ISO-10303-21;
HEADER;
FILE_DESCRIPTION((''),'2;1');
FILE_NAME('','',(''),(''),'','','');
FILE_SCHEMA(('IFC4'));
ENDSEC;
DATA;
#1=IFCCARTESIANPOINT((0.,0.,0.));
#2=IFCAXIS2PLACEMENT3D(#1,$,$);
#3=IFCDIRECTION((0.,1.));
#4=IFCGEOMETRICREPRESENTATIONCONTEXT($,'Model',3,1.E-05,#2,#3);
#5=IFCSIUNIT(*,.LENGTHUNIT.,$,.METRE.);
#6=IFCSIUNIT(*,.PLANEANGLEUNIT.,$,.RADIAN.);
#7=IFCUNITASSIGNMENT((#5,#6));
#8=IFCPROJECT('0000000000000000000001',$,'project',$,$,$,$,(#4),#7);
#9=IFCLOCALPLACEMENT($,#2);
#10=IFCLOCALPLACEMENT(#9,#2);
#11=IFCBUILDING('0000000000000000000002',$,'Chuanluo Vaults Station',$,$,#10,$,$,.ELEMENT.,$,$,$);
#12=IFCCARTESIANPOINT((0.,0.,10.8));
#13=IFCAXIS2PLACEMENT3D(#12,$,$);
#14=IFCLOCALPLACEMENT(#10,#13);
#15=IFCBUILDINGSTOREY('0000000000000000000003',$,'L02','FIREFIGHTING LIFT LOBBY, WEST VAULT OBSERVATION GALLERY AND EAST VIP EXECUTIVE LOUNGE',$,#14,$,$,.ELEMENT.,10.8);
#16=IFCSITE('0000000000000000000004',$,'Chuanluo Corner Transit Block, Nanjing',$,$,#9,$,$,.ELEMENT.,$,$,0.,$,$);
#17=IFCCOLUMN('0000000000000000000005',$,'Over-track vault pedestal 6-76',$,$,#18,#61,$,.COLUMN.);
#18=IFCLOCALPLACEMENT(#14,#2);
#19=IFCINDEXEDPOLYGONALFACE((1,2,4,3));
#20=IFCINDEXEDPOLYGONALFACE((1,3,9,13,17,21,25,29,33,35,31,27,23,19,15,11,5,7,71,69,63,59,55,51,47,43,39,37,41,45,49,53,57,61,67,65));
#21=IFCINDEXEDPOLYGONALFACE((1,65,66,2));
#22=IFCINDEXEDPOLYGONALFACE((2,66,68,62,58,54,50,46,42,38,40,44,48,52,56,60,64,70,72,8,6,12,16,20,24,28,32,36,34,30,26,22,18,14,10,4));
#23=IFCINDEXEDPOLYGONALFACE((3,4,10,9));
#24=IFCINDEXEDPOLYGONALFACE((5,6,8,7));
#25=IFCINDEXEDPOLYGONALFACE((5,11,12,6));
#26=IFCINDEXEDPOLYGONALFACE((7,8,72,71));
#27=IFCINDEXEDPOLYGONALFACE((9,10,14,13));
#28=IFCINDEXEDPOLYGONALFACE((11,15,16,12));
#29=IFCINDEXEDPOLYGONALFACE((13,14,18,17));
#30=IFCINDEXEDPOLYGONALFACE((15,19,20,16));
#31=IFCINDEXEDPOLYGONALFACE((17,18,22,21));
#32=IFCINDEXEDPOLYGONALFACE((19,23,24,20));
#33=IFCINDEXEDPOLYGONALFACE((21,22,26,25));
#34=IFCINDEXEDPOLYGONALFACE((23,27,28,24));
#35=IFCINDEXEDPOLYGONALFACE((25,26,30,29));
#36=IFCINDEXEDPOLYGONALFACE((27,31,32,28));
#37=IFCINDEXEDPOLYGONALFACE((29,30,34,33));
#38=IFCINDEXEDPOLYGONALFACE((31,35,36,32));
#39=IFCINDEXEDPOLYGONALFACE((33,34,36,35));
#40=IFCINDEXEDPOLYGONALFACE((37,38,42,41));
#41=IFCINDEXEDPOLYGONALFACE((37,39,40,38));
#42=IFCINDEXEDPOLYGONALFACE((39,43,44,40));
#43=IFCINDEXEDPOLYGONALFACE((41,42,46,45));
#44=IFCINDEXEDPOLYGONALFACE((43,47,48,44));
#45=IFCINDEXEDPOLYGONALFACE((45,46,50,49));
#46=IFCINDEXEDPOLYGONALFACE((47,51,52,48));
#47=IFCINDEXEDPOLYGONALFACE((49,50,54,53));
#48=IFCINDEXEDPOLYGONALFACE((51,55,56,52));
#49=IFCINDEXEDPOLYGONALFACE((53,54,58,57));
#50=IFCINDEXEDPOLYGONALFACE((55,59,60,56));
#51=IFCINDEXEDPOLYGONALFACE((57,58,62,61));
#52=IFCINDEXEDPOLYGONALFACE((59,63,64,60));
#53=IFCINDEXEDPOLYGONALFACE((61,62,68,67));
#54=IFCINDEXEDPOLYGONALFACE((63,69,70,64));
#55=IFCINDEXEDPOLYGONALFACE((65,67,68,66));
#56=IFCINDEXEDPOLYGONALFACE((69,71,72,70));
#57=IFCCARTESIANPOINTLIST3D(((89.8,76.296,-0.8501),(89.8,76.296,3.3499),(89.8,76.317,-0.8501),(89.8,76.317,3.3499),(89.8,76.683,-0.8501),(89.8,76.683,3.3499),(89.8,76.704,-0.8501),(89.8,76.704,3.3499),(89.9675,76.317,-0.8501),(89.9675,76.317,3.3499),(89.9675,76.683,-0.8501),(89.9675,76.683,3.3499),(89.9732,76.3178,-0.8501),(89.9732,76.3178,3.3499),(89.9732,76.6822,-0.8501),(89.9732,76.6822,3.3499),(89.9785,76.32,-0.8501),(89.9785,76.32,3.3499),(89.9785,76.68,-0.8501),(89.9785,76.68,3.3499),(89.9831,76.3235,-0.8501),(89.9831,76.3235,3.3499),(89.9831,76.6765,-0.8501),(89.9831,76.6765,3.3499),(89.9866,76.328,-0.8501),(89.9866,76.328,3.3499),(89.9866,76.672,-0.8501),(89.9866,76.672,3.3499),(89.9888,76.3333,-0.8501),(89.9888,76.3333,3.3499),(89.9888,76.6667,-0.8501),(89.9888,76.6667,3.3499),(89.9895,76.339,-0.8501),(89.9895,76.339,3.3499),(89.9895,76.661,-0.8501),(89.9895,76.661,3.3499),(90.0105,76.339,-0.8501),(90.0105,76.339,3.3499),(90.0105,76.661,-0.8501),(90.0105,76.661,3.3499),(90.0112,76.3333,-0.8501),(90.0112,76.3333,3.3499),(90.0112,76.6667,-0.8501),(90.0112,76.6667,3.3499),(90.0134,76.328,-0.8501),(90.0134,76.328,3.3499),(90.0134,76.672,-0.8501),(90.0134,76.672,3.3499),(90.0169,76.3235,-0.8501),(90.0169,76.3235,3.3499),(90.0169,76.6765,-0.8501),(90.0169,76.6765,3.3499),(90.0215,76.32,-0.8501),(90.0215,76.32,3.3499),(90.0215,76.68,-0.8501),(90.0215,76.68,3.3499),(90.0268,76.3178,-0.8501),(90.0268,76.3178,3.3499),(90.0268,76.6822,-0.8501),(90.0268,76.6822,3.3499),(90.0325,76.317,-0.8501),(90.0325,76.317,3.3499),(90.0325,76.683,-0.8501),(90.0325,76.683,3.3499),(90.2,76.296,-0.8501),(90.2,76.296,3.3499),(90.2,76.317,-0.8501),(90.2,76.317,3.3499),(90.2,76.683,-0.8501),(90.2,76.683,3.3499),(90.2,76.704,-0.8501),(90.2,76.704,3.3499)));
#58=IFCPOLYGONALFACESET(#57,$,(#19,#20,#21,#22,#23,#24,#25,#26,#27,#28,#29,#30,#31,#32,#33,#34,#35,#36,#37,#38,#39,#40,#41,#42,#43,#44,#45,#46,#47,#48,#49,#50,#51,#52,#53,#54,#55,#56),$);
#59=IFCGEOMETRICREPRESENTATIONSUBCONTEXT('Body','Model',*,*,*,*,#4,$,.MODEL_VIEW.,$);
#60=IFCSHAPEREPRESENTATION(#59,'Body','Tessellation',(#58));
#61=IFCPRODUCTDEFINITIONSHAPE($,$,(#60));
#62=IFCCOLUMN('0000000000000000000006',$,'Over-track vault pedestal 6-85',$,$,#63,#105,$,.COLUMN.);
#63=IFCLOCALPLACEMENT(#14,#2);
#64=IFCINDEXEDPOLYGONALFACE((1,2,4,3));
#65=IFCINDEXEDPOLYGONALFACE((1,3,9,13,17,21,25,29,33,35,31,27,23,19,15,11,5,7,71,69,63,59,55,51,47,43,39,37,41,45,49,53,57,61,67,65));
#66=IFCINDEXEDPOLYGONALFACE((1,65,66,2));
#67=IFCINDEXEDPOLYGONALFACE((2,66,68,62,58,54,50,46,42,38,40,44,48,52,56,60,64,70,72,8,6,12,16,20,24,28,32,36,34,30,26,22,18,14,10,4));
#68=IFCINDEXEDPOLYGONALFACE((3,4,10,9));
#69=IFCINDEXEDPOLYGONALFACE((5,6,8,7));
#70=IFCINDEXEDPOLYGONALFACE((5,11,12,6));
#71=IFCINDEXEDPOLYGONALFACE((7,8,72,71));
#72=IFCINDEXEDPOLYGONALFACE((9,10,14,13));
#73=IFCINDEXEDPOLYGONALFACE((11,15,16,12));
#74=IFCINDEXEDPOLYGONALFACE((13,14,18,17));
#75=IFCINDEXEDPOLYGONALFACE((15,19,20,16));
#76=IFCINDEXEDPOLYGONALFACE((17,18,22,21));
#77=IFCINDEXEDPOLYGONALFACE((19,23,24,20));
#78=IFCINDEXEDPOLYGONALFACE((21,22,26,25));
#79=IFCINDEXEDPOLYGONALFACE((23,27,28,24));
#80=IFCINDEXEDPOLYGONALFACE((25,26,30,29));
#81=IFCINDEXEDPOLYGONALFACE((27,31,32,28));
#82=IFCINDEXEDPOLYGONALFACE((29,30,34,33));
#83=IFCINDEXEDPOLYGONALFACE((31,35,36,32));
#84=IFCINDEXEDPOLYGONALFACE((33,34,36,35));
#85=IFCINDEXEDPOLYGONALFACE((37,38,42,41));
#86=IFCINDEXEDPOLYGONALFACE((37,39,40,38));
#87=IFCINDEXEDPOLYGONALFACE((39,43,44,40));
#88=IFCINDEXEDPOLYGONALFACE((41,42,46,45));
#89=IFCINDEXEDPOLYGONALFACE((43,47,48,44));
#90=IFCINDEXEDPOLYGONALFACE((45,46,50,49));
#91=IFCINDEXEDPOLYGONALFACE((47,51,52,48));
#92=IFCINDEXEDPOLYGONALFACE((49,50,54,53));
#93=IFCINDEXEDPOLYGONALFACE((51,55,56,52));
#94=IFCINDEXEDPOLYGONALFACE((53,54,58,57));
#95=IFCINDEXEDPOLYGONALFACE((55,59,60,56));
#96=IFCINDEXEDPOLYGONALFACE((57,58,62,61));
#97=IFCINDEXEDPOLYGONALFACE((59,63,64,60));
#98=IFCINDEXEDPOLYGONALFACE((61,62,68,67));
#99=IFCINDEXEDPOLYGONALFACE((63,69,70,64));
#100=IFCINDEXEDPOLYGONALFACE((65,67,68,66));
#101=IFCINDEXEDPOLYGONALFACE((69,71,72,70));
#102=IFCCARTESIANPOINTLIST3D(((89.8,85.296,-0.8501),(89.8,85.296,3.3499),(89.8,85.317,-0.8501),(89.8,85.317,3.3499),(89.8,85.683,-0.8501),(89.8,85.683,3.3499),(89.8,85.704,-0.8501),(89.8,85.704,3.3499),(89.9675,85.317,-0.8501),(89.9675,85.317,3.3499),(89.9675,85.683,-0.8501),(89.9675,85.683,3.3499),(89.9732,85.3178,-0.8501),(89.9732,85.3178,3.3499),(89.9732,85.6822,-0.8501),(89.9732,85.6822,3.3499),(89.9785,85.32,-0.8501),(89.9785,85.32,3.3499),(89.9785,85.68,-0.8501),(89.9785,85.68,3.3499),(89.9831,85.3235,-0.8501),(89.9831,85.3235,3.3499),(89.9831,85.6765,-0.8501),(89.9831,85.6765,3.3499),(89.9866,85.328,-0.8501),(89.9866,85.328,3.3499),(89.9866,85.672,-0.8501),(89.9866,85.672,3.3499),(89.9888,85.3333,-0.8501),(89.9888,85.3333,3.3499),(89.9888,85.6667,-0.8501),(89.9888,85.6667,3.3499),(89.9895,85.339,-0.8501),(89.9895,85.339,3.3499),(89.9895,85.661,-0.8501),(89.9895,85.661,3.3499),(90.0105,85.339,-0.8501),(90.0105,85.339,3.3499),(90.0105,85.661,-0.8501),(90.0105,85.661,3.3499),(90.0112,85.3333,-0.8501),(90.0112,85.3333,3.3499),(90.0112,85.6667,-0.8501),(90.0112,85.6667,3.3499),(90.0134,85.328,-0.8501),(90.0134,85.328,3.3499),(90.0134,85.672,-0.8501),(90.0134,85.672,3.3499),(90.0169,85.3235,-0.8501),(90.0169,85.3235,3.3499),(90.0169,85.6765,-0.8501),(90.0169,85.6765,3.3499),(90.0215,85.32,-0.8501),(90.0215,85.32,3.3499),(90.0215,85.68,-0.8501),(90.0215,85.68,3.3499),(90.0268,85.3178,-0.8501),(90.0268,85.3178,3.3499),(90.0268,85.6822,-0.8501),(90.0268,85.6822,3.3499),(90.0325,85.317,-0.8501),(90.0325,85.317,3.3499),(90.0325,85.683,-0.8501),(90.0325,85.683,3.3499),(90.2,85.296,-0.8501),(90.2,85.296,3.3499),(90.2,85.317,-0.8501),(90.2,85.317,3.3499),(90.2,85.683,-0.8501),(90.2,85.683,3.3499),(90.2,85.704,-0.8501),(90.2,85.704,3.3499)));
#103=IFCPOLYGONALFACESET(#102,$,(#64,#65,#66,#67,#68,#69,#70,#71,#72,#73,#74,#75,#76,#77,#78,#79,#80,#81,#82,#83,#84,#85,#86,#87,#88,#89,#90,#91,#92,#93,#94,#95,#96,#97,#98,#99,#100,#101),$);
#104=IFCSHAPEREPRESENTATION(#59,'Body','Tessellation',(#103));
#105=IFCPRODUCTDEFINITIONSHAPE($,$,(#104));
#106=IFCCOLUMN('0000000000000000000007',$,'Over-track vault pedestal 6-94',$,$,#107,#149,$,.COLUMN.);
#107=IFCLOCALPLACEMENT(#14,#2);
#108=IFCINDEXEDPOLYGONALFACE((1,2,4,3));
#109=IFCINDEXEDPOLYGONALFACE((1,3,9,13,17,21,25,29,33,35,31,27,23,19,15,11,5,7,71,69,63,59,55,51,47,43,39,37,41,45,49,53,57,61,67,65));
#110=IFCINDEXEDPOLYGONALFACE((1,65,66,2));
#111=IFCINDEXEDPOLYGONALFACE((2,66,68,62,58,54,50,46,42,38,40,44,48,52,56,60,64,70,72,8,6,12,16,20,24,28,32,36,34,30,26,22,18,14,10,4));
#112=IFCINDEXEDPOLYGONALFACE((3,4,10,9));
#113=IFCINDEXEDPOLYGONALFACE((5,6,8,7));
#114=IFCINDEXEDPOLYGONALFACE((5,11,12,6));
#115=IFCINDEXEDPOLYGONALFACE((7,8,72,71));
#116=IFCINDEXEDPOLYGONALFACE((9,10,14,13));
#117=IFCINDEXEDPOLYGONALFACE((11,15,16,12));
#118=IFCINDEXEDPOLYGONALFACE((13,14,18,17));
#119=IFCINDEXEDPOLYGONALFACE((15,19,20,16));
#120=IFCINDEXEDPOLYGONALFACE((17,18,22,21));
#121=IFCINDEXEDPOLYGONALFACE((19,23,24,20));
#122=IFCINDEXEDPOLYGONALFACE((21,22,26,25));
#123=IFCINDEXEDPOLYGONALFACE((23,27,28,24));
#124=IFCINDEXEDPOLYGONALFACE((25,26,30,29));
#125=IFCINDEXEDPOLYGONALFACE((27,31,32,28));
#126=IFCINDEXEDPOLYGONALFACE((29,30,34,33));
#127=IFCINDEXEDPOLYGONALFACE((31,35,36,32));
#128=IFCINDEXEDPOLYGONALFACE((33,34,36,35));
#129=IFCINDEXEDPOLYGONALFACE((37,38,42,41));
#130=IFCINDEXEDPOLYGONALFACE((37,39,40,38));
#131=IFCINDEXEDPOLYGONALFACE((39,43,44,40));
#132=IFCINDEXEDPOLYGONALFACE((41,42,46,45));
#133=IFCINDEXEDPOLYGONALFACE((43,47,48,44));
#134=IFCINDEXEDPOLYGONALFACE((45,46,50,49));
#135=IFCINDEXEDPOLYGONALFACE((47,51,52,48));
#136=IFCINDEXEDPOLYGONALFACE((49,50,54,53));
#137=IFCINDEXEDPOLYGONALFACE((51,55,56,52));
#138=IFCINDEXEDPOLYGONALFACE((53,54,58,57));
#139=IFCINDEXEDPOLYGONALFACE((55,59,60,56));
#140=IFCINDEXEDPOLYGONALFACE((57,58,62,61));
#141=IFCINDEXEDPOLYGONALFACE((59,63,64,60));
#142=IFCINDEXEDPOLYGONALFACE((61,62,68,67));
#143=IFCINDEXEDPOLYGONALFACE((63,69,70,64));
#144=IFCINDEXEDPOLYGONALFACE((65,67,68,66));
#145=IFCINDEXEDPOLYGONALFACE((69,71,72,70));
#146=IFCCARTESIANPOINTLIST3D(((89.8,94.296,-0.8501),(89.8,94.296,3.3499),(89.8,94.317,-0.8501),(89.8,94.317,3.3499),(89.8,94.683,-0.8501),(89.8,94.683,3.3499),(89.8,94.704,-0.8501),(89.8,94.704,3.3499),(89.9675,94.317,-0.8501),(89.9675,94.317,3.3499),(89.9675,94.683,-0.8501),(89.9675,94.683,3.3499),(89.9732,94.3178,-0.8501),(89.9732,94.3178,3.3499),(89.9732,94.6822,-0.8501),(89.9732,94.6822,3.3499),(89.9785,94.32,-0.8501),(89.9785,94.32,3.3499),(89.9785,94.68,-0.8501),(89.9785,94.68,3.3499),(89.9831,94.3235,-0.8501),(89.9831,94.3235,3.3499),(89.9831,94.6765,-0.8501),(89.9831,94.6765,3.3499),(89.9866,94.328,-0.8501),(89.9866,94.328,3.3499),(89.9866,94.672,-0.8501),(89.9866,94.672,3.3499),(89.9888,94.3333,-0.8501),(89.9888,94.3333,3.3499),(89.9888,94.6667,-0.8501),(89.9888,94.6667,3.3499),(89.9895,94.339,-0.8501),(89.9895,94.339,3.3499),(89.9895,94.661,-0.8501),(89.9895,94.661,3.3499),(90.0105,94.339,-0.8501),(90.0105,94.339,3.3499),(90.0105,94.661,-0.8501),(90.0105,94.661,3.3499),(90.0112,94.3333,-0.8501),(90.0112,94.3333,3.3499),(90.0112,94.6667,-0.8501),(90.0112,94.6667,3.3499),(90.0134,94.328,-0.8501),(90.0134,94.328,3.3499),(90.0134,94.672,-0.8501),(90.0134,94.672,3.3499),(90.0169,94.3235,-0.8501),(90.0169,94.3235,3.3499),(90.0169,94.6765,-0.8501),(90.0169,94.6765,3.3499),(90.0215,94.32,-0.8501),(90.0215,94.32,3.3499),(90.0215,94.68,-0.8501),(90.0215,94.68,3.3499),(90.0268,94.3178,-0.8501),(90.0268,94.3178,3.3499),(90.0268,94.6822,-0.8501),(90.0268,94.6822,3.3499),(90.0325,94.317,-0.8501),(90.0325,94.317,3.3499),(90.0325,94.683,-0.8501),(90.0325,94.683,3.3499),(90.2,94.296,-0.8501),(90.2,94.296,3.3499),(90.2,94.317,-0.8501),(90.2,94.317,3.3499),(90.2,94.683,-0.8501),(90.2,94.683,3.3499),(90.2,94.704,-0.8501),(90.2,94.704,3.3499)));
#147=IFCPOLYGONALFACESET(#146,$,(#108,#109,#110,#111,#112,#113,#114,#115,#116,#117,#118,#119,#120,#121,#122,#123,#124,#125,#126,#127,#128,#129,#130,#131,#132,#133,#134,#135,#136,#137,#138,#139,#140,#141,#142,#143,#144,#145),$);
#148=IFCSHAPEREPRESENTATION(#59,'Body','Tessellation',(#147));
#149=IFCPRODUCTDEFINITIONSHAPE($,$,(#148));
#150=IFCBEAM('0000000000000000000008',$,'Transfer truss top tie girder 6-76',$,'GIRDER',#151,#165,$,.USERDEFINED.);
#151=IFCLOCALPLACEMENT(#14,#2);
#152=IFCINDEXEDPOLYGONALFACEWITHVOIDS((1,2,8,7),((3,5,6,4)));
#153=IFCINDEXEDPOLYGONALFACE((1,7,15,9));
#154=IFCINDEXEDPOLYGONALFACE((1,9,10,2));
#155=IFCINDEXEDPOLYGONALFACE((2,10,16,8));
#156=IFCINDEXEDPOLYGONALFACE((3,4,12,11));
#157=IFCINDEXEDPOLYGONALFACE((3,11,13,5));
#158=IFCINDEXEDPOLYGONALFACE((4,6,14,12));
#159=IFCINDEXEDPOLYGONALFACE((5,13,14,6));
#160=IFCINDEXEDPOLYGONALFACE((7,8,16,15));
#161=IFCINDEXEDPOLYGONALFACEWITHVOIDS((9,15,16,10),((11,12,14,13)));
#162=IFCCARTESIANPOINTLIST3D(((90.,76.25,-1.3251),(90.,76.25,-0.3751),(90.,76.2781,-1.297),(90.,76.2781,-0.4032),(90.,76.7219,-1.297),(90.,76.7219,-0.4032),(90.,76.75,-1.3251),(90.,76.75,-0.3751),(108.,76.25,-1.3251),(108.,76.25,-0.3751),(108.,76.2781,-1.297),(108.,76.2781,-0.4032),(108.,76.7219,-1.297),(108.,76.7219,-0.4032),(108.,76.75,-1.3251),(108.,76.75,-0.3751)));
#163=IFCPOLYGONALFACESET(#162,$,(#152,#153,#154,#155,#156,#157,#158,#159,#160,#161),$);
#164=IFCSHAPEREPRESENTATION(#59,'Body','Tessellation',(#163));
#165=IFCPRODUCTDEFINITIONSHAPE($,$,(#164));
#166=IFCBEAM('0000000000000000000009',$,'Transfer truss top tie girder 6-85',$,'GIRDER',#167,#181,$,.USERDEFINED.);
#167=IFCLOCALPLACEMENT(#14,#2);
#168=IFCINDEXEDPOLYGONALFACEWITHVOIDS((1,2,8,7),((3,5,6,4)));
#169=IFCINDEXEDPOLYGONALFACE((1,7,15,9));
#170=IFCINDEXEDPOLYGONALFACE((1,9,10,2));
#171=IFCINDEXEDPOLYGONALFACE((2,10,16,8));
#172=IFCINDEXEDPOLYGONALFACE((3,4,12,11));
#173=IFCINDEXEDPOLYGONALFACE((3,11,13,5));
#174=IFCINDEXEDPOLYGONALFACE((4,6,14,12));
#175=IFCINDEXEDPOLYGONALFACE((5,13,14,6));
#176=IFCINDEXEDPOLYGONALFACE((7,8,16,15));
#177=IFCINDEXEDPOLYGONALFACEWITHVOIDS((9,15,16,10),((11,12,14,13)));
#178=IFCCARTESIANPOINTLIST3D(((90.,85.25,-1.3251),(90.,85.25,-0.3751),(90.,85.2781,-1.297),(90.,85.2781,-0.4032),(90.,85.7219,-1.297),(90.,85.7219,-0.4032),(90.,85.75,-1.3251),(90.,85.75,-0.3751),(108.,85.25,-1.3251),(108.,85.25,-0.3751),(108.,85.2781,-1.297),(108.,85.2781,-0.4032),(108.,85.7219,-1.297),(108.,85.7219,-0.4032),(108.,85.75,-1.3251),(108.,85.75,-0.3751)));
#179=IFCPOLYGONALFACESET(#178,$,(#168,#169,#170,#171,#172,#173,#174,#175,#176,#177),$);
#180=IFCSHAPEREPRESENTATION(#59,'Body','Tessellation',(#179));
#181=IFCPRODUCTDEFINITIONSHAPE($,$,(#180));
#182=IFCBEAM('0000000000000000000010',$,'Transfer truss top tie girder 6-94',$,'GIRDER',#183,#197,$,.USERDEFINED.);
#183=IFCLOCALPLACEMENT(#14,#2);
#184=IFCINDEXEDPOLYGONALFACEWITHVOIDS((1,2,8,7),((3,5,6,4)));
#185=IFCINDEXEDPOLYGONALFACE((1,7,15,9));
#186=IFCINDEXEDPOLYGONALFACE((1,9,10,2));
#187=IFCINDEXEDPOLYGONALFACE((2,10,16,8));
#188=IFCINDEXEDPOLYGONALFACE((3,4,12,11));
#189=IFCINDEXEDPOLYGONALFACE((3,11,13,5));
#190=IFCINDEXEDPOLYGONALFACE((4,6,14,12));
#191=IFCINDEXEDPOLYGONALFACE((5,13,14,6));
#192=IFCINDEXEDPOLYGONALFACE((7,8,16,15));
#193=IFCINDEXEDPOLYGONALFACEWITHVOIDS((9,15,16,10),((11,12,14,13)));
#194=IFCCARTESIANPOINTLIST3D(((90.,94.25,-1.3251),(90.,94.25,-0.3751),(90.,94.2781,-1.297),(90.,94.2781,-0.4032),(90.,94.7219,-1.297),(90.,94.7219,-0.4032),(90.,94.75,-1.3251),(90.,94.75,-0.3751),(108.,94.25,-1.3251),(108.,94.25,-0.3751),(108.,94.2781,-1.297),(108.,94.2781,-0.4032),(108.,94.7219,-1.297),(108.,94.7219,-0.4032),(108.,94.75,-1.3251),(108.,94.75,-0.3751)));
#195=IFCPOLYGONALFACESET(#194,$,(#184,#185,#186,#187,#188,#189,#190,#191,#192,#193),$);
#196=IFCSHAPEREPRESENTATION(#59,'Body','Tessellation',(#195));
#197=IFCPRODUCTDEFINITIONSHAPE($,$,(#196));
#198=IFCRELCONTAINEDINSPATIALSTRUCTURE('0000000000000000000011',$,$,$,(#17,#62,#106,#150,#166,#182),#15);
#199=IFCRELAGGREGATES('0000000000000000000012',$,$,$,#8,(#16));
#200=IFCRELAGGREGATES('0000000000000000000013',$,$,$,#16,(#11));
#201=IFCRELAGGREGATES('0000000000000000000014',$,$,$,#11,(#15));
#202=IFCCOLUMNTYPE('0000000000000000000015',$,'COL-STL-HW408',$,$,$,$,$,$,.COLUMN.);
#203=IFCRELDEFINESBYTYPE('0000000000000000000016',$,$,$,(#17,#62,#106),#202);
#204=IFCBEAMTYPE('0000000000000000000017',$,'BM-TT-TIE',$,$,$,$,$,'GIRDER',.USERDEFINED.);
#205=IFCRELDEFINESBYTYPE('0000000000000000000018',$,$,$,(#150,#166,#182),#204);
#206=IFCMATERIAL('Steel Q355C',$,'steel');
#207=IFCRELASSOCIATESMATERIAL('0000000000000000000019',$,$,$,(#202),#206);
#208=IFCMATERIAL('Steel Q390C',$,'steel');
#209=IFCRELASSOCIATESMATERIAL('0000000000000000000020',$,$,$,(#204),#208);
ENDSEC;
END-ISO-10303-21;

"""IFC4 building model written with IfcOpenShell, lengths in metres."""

from ifc_helpers import new_model, si_unit, direction, frame, origin, origin_2d, place, context, subcontext, project, spatial, hollow_rectangle, i_section, extrude, material, material_profile, profile_set, type_object, element, save


model = new_model("IFC4")

# Units and contexts
model_context = context("Model", 3, precision=1e-05, world=origin(), true_north=direction((0.0, 1.0)))
body_context = subcontext(model_context, "Body", "Model", "MODEL_VIEW")
ifc_project = project(units=[si_unit("LENGTHUNIT", "METRE"), si_unit("PLANEANGLEUNIT", "RADIAN")], contexts=[model_context])

# Site, building, storey
site_placement = place(None, origin())
site = spatial("IfcSite", under=ifc_project, at=site_placement, Name="Chuanluo Corner Transit Block, Nanjing", CompositionType="ELEMENT", RefElevation=0.0)
building_placement = place(site_placement, origin())
building = spatial("IfcBuilding", under=site, at=building_placement, Name="Chuanluo Vaults Station", CompositionType="ELEMENT")
storey_placement = place(building_placement, frame((0.0, 0.0, 10.8)))
storey = spatial("IfcBuildingStorey", under=building, at=storey_placement, Name="L02", Description="FIREFIGHTING LIFT LOBBY, WEST VAULT OBSERVATION GALLERY AND EAST VIP EXECUTIVE LOUNGE", CompositionType="ELEMENT", Elevation=10.8)

# Columns
ifc_material_1 = material(Name="Steel Q355C", Category="steel")
ifc_material_profile_1 = material_profile(ifc_material_1, i_section(OverallWidth=0.3999, OverallDepth=0.408, WebThickness=0.021, FlangeThickness=0.021, FilletRadius=0.022, at=origin_2d()))
ifc_profile_set_1 = profile_set([ifc_material_profile_1], Name="Steel Q355C")
column_type = type_object("IfcColumnType", Name="COL-STL-HW408", PredefinedType="COLUMN", material=ifc_profile_set_1)
for number, where, z_axis, x_axis, name in (
    (1, (90.0, 76.5, -0.8501), (0.0, 0.0, 1.0), (1.0, 0.0, 0.0), "Over-track vault pedestal 6-76"),
    (2, (90.0, 85.5, -0.8501), (0.0, 0.0, 1.0), (1.0, 0.0, 0.0), "Over-track vault pedestal 6-85"),
    (3, (90.0, 94.5, -0.8501), (0.0, 0.0, 1.0), (1.0, 0.0, 0.0), "Over-track vault pedestal 6-94"),
):
    element("IfcColumn", number, at=place(storey_placement, frame(where, z_axis=z_axis, x_axis=x_axis)), inside=storey, type_object=column_type, Name=name, PredefinedType="COLUMN", context=body_context, shape_type="SweptSolid", body=[
        extrude(i_section(OverallWidth=0.3999, OverallDepth=0.408, WebThickness=0.021, FlangeThickness=0.021, FilletRadius=0.022, at=origin_2d()), origin(), (0.0, 0.0, 1.0), 4.2),
    ])

# Beams
ifc_material_2 = material(Name="Steel Q390C", Category="steel")
ifc_material_profile_2 = material_profile(ifc_material_2, hollow_rectangle(XDim=0.5, YDim=0.95, WallThickness=0.0281, at=origin_2d()))
ifc_profile_set_2 = profile_set([ifc_material_profile_2], Name="Steel Q390C")
beam_type_1 = type_object("IfcBeamType", Name="BM-TT-TIE", ElementType="GIRDER", PredefinedType="USERDEFINED", material=ifc_profile_set_2)
for number, where, z_axis, x_axis, name in (
    (4, (90.0, 76.5, -0.8501), (1.0, 0.0, 0.0), (0.0, 1.0, 0.0), "Transfer truss top tie girder 6-76"),
    (5, (90.0, 85.5, -0.8501), (1.0, 0.0, 0.0), (0.0, 1.0, 0.0), "Transfer truss top tie girder 6-85"),
    (6, (90.0, 94.5, -0.8501), (1.0, 0.0, 0.0), (0.0, 1.0, 0.0), "Transfer truss top tie girder 6-94"),
):
    element("IfcBeam", number, at=place(storey_placement, frame(where, z_axis=z_axis, x_axis=x_axis)), inside=storey, type_object=beam_type_1, Name=name, ObjectType="GIRDER", PredefinedType="USERDEFINED", context=body_context, shape_type="SweptSolid", body=[
        extrude(hollow_rectangle(XDim=0.5, YDim=0.95, WallThickness=0.0281, at=origin_2d()), origin(), (0.0, 0.0, 1.0), 18.0),
    ])

save(model, "model.ifc")
